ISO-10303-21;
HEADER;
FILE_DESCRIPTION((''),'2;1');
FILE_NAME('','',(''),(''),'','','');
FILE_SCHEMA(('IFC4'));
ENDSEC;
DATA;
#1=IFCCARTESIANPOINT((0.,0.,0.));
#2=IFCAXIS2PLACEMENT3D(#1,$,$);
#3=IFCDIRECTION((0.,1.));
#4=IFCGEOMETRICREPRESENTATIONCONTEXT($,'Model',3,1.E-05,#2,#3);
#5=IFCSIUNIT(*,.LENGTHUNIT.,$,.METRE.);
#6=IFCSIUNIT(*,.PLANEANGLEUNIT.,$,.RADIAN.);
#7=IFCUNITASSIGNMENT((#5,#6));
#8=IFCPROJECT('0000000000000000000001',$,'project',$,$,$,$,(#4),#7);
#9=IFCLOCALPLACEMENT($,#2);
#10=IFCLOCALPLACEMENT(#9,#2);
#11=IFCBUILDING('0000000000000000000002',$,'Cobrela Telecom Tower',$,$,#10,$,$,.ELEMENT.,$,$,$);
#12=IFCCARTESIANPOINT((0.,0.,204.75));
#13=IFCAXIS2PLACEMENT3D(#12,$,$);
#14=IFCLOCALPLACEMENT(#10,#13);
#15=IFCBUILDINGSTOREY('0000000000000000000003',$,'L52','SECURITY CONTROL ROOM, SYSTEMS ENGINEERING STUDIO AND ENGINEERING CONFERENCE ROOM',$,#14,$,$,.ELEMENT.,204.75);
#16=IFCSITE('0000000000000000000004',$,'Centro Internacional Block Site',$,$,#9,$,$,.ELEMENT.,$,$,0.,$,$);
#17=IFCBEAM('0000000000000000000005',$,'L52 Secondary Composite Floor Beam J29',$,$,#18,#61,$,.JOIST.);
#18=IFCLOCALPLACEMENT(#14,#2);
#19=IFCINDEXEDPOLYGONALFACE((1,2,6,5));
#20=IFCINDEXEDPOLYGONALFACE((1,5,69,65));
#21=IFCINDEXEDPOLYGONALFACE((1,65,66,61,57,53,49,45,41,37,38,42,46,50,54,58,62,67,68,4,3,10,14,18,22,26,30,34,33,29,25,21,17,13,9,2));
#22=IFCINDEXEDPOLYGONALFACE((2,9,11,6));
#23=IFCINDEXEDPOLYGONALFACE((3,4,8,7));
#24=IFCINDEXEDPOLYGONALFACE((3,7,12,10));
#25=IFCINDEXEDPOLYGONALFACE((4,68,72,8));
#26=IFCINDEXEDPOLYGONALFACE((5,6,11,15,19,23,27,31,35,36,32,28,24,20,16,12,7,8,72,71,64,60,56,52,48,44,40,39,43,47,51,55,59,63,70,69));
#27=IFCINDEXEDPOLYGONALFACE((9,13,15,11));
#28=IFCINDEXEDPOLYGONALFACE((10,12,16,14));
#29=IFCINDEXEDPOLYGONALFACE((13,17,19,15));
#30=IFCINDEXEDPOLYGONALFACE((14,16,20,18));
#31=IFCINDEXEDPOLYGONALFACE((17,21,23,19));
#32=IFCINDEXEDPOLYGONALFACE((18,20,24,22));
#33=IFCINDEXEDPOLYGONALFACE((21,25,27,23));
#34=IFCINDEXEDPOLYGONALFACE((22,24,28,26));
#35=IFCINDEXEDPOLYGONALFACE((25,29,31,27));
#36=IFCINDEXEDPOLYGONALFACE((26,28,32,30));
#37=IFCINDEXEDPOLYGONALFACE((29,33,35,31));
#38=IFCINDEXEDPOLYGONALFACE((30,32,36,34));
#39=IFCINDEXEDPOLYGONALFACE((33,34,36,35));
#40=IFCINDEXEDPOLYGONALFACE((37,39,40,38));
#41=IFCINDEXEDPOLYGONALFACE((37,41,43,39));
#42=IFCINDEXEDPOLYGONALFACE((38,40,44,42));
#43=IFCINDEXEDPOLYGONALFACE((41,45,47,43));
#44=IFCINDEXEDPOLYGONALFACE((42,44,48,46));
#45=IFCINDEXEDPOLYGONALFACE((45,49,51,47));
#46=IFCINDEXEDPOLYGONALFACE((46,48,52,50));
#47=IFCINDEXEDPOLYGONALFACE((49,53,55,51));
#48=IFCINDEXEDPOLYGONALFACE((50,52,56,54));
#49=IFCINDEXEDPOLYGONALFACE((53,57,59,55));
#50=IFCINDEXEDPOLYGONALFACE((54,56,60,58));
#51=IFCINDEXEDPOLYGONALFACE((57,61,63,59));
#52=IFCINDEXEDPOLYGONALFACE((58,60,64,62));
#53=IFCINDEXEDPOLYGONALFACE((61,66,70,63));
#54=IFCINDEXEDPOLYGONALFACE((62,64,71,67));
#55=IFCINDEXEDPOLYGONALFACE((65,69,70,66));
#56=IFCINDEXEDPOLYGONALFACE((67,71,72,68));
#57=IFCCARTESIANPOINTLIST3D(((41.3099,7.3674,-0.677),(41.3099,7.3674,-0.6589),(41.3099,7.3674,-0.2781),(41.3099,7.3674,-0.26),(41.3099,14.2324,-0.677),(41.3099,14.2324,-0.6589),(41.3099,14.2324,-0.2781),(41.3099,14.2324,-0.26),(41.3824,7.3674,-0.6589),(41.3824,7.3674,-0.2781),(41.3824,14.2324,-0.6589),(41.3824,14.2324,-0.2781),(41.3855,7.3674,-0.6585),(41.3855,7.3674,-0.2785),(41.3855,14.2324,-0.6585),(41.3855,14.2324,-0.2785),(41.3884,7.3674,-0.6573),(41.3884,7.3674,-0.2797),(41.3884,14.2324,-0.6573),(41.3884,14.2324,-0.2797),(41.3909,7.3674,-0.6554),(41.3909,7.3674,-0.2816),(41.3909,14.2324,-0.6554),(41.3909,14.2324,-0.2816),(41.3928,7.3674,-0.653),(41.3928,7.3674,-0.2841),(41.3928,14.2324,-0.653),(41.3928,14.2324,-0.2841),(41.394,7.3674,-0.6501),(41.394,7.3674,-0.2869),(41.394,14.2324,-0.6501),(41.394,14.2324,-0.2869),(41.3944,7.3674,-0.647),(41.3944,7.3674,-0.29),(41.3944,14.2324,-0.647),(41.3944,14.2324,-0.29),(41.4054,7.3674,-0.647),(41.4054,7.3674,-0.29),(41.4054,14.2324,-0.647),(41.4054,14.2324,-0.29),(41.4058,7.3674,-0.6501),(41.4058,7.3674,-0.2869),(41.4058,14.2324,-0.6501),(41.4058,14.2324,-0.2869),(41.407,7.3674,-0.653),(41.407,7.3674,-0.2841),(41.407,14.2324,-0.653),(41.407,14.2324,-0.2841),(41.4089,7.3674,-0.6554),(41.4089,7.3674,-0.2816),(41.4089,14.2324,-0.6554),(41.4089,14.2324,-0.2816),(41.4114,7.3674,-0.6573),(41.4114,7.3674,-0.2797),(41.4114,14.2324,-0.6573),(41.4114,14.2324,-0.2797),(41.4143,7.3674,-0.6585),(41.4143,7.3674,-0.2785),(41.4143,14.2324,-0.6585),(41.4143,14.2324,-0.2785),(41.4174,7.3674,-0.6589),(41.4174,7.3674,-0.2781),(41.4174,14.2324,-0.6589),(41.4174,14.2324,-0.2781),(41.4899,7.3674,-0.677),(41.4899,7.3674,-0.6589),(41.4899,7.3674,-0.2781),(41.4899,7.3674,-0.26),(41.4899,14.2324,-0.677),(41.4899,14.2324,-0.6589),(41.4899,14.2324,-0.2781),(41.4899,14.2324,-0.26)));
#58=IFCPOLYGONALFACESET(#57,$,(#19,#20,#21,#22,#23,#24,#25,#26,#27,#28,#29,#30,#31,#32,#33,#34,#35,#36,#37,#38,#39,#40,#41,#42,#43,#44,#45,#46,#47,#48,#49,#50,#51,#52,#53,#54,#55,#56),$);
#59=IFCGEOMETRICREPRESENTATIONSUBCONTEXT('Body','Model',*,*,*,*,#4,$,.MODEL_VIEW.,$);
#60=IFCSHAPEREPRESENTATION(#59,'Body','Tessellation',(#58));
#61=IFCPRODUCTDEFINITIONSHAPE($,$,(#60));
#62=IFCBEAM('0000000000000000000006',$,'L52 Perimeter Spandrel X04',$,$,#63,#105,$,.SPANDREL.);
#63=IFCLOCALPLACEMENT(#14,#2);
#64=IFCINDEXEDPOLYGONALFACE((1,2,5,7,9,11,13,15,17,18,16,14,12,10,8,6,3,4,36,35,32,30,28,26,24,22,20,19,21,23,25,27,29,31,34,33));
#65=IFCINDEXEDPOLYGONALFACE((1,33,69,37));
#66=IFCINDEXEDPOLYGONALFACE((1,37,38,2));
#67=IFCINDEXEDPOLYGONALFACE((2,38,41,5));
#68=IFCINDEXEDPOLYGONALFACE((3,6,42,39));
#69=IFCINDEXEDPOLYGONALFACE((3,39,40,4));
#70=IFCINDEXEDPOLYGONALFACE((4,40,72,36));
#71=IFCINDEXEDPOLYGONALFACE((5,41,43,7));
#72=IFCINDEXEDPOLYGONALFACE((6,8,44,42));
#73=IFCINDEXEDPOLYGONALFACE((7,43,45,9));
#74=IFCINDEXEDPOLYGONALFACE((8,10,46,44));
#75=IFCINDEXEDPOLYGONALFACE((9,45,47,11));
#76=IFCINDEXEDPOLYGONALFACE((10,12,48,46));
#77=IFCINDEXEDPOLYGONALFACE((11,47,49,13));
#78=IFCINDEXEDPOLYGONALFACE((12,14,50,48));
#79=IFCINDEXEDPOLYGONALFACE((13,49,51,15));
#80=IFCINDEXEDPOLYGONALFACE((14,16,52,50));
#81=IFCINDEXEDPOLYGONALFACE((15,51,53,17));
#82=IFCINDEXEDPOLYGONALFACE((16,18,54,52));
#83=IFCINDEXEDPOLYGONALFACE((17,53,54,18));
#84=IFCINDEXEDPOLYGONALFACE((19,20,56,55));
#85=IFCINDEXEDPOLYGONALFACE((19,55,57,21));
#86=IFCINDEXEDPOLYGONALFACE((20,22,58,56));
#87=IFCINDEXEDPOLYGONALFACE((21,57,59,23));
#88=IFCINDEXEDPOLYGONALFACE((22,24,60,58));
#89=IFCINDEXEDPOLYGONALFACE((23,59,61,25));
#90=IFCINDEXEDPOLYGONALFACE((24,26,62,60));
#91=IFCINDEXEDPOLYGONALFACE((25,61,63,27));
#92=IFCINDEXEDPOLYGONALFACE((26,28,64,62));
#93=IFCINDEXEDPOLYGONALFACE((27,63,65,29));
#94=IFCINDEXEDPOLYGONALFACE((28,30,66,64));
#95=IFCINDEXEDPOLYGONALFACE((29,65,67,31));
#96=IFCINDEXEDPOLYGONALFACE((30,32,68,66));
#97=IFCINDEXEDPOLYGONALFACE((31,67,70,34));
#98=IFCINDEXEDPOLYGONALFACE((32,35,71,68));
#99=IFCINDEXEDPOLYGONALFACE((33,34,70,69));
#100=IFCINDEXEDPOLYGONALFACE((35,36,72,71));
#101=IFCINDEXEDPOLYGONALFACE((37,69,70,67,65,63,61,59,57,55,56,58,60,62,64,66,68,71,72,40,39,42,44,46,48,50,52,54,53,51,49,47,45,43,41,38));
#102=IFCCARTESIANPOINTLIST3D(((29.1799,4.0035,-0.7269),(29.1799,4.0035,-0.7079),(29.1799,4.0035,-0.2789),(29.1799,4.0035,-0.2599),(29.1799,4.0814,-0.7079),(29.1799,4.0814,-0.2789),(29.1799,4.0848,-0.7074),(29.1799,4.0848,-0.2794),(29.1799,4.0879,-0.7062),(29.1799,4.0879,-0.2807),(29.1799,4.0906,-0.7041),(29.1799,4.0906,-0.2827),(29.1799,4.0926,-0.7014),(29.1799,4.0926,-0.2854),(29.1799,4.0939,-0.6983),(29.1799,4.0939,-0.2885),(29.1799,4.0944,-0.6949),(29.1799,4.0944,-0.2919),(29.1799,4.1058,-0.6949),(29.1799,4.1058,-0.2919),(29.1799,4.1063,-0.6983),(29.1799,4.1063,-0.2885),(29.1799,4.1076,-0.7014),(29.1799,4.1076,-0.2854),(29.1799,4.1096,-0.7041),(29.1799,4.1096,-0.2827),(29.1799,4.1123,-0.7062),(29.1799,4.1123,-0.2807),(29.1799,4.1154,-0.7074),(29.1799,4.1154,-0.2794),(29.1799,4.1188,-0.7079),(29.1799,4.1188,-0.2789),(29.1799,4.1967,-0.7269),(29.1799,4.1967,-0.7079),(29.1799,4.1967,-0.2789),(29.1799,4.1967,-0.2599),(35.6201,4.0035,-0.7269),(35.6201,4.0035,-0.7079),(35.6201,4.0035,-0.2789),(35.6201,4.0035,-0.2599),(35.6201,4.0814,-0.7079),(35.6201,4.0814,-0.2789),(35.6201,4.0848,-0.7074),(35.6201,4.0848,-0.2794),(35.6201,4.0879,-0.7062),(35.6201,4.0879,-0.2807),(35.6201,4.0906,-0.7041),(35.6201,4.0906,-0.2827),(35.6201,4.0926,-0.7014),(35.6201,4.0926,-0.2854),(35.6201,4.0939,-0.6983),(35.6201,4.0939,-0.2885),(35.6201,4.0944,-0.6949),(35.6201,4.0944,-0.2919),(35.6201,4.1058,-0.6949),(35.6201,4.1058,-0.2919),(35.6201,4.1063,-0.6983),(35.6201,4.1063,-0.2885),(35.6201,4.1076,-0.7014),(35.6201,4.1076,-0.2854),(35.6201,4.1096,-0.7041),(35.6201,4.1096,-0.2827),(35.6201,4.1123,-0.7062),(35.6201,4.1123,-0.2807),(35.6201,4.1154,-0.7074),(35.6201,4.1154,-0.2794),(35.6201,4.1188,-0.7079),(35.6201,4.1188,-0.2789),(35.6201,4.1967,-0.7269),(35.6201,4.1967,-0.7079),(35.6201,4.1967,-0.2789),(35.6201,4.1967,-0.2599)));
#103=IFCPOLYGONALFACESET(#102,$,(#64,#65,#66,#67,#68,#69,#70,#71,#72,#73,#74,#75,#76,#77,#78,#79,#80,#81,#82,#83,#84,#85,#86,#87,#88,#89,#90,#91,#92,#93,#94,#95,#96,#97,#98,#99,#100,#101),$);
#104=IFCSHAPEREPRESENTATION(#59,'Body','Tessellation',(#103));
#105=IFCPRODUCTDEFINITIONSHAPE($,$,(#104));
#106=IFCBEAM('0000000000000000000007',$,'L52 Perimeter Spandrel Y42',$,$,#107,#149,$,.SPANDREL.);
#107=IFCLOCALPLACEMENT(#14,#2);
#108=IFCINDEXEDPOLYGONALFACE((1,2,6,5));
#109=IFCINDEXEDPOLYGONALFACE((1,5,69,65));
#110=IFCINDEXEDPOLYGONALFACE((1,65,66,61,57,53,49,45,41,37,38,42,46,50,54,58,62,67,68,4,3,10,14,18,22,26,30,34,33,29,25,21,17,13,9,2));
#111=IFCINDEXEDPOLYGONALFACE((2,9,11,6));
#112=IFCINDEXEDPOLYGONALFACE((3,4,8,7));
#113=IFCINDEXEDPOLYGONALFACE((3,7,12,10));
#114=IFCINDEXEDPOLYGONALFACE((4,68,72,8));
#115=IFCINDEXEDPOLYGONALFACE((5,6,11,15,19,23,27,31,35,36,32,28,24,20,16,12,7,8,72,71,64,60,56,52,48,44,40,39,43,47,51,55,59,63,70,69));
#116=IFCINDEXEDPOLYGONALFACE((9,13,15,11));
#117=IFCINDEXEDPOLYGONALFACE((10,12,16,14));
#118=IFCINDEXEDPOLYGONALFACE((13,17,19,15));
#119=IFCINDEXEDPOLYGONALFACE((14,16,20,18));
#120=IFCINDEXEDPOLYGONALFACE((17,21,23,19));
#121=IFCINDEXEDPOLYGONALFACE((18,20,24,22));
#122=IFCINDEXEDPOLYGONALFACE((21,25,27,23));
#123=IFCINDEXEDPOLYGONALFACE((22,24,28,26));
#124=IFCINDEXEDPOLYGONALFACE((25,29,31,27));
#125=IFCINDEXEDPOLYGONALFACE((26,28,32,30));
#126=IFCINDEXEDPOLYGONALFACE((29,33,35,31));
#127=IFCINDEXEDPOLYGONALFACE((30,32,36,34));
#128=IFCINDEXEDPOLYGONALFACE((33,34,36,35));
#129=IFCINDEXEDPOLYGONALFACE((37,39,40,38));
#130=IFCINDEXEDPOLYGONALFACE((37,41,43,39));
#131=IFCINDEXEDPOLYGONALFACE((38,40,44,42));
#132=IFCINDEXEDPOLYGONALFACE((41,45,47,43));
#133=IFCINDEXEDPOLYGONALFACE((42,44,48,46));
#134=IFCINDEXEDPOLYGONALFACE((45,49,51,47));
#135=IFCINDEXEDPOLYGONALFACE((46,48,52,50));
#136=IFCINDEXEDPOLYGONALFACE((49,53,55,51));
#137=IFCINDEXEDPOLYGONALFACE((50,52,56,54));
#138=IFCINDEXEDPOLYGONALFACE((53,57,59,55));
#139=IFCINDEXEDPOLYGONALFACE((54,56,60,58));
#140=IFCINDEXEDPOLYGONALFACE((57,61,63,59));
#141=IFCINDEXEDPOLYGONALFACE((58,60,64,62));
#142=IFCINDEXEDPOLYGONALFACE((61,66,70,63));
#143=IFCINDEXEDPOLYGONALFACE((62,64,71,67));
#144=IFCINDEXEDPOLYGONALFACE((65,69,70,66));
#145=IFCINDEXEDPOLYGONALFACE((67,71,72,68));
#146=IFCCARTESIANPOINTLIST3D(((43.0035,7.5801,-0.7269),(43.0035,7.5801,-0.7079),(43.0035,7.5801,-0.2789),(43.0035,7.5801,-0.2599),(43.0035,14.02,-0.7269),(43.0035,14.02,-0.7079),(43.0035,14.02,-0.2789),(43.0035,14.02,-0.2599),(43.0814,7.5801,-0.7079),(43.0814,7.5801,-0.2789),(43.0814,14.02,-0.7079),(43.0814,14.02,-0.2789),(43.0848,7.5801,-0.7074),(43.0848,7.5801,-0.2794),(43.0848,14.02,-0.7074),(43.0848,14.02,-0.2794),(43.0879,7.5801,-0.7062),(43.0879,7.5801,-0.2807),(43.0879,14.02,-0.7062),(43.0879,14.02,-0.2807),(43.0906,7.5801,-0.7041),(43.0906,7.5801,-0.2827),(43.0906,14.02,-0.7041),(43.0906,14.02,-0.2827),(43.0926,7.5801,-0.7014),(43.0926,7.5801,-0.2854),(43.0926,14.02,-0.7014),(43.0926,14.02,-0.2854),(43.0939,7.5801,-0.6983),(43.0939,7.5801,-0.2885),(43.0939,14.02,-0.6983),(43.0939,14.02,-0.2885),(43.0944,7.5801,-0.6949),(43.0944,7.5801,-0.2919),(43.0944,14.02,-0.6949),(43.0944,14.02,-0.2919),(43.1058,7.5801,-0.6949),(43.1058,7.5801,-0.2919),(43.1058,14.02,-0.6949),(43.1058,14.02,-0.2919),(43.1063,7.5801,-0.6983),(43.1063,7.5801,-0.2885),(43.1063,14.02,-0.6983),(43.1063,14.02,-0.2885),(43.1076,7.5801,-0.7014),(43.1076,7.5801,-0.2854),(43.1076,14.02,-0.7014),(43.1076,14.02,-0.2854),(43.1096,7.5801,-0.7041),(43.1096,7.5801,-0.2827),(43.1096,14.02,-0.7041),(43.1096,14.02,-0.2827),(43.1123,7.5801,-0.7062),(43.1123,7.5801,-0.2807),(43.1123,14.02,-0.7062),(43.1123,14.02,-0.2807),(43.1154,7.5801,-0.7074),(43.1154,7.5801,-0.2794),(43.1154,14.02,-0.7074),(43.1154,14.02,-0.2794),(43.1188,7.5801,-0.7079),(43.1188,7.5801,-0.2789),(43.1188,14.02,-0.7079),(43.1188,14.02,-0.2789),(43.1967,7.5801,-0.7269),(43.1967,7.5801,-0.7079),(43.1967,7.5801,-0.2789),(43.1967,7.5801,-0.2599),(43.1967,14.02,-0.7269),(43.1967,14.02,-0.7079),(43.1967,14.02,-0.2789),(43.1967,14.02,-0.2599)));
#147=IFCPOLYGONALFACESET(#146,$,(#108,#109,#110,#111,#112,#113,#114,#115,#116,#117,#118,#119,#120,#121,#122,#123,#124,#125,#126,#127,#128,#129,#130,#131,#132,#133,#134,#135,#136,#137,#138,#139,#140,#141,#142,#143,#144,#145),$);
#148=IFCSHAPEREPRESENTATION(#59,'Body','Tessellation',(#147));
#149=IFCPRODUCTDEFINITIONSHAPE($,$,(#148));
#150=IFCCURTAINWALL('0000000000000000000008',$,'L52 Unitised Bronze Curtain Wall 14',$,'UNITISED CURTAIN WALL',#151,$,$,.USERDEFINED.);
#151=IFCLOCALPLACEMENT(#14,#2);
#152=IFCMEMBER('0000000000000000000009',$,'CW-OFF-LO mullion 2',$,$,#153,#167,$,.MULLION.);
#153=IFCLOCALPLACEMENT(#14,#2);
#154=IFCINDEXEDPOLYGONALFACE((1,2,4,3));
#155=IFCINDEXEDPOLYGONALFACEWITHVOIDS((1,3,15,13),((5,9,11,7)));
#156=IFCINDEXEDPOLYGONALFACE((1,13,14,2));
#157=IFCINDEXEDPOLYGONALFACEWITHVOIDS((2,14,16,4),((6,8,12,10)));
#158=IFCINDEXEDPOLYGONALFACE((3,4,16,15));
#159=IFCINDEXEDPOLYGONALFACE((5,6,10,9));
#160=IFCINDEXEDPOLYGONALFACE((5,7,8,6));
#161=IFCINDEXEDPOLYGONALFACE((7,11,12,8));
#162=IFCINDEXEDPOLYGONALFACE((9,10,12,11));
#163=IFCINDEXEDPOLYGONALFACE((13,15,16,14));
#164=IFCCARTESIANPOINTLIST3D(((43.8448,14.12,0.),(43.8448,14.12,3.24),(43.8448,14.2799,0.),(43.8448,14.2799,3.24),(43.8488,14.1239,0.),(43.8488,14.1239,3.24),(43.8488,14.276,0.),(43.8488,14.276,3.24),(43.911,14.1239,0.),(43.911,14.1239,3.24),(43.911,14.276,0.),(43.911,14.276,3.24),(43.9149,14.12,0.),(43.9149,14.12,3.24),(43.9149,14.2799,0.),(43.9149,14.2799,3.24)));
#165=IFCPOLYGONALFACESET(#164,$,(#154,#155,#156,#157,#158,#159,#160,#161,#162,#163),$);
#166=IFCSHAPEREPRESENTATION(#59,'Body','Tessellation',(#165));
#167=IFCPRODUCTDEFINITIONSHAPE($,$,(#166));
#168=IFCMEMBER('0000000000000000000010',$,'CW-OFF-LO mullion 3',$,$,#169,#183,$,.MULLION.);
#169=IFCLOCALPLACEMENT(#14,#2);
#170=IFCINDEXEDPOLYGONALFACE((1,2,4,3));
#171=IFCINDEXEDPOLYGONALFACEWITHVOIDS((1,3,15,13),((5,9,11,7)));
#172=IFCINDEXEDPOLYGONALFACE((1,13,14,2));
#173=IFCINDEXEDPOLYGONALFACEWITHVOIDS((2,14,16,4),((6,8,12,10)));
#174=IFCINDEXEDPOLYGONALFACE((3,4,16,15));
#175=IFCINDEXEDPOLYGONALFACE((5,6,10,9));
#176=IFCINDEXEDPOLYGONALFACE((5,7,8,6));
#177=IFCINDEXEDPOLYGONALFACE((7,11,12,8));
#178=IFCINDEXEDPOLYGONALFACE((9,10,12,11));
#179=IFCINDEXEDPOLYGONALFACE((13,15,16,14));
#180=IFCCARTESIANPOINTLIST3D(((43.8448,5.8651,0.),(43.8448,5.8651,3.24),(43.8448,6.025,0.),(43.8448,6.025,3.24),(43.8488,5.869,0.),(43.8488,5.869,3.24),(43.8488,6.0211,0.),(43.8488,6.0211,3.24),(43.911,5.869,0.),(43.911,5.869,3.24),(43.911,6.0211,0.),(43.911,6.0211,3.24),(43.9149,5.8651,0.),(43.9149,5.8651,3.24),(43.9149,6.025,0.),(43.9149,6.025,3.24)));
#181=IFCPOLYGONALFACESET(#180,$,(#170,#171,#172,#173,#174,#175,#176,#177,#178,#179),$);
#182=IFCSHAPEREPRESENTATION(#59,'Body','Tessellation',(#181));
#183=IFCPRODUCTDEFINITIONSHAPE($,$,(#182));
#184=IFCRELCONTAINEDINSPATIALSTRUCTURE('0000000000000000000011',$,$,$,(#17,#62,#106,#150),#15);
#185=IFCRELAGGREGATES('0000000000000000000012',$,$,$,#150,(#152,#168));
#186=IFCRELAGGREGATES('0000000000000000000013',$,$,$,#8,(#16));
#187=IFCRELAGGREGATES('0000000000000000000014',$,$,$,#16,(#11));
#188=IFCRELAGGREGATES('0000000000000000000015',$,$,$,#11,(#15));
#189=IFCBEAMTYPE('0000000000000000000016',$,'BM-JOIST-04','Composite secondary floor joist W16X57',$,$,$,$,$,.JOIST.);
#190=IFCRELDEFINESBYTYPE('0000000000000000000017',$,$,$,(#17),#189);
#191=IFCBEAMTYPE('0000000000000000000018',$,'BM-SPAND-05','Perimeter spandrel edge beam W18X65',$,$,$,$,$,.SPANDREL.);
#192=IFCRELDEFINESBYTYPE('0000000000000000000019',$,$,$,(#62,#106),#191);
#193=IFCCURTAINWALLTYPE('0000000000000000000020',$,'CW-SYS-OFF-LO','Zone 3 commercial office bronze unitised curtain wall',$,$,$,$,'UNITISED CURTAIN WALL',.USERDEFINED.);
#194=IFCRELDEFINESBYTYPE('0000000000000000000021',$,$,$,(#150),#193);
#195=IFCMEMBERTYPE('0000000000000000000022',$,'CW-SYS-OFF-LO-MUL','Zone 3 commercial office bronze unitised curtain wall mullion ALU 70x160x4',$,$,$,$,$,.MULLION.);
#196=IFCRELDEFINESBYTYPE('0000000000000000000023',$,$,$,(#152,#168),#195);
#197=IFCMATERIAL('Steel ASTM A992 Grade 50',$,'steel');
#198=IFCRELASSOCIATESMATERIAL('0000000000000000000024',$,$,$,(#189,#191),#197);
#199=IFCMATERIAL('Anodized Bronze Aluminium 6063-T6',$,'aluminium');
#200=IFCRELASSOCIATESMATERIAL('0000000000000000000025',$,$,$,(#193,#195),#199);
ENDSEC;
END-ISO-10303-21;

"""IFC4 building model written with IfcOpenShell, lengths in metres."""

from ifc_helpers import new_model, si_unit, direction, frame, origin, origin_2d, place, context, subcontext, project, spatial, hollow_rectangle, i_section, extrude, material, material_profile, profile_set, type_object, element, aggregate, save


model = new_model("IFC4")

# Units and contexts
model_context = context("Model", 3, precision=1e-05, world=origin(), true_north=direction((0.0, 1.0)))
body_context = subcontext(model_context, "Body", "Model", "MODEL_VIEW")
ifc_project = project(units=[si_unit("LENGTHUNIT", "METRE"), si_unit("PLANEANGLEUNIT", "RADIAN")], contexts=[model_context])

# Site, building, storey
site_placement = place(None, origin())
site = spatial("IfcSite", under=ifc_project, at=site_placement, Name="Centro Internacional Block Site", CompositionType="ELEMENT", RefElevation=0.0)
building_placement = place(site_placement, origin())
building = spatial("IfcBuilding", under=site, at=building_placement, Name="Cobrela Telecom Tower", CompositionType="ELEMENT")
storey_placement = place(building_placement, frame((0.0, 0.0, 204.75)))
storey = spatial("IfcBuildingStorey", under=building, at=storey_placement, Name="L52", Description="SECURITY CONTROL ROOM, SYSTEMS ENGINEERING STUDIO AND ENGINEERING CONFERENCE ROOM", CompositionType="ELEMENT", Elevation=204.75)

# Shared definitions
ifc_material_1 = material(Name="Steel ASTM A992 Grade 50", Category="steel")

# Beams
ifc_material_profile_1 = material_profile(ifc_material_1, i_section(OverallWidth=0.1799, OverallDepth=0.417, WebThickness=0.011, FlangeThickness=0.0181, FilletRadius=0.012, at=origin_2d()), Name="W16X57")
ifc_profile_set_1 = profile_set([ifc_material_profile_1], Name="Steel ASTM A992 Grade 50")
beam_type_1 = type_object("IfcBeamType", Name="BM-JOIST-04", Description="Composite secondary floor joist W16X57", PredefinedType="JOIST", material=ifc_profile_set_1)
for number, where, z_axis, x_axis, name in (
    (1, (41.3999, 7.3674, -0.4685), (0.0, 1.0, 0.0), (-1.0, 0.0, 0.0), "L52 Secondary Composite Floor Beam J29"),
):
    element("IfcBeam", number, at=place(storey_placement, frame(where, z_axis=z_axis, x_axis=x_axis)), inside=storey, type_object=beam_type_1, Name=name, PredefinedType="JOIST", context=body_context, shape_type="SweptSolid", body=[
        extrude(i_section(OverallWidth=0.1799, OverallDepth=0.417, WebThickness=0.011, FlangeThickness=0.0181, FilletRadius=0.012, at=origin_2d()), origin(), (0.0, 0.0, 1.0), 6.865),
    ])
ifc_material_profile_2 = material_profile(ifc_material_1, i_section(OverallWidth=0.1931, OverallDepth=0.467, WebThickness=0.0115, FlangeThickness=0.019, FilletRadius=0.0129, at=origin_2d()), Name="W18X65")
ifc_profile_set_2 = profile_set([ifc_material_profile_2], Name="Steel ASTM A992 Grade 50")
beam_type_2 = type_object("IfcBeamType", Name="BM-SPAND-05", Description="Perimeter spandrel edge beam W18X65", PredefinedType="SPANDREL", material=ifc_profile_set_2)
beam_1_placement = place(storey_placement, frame((29.1799, 4.1001, -0.4934), z_axis=(1.0, 0.0, 0.0), x_axis=(0.0, 1.0, 0.0)))
element("IfcBeam", 2, at=beam_1_placement, inside=storey, type_object=beam_type_2, Name="L52 Perimeter Spandrel X04", PredefinedType="SPANDREL", context=body_context, shape_type="SweptSolid", body=[
    extrude(i_section(OverallWidth=0.1931, OverallDepth=0.467, WebThickness=0.0115, FlangeThickness=0.019, FilletRadius=0.0129, at=origin_2d()), origin(), (0.0, 0.0, 1.0), 6.4402),
])
beam_2_placement = place(storey_placement, frame((43.1001, 7.5801, -0.4934), z_axis=(0.0, 1.0, 0.0), x_axis=(-1.0, 0.0, 0.0)))
element("IfcBeam", 3, at=beam_2_placement, inside=storey, type_object=beam_type_2, Name="L52 Perimeter Spandrel Y42", PredefinedType="SPANDREL", context=body_context, shape_type="SweptSolid", body=[
    extrude(i_section(OverallWidth=0.1931, OverallDepth=0.467, WebThickness=0.0115, FlangeThickness=0.019, FilletRadius=0.0129, at=origin_2d()), origin(), (0.0, 0.0, 1.0), 6.4399),
])

# Curtain wall, members
ifc_material_2 = material(Name="Anodized Bronze Aluminium 6063-T6", Category="aluminium")
curtain_wall_type = type_object("IfcCurtainWallType", Name="CW-SYS-OFF-LO", Description="Zone 3 commercial office bronze unitised curtain wall", ElementType="UNITISED CURTAIN WALL", PredefinedType="USERDEFINED", material=ifc_material_2)
curtain_wall_1_placement = place(storey_placement, origin())
curtain_wall_1 = element("IfcCurtainWall", 4, at=curtain_wall_1_placement, inside=storey, type_object=curtain_wall_type, Name="L52 Unitised Bronze Curtain Wall 14", ObjectType="UNITISED CURTAIN WALL", PredefinedType="USERDEFINED")
ifc_material_profile_3 = material_profile(ifc_material_2, hollow_rectangle(XDim=0.0701, YDim=0.1599, WallThickness=0.0039, at=origin_2d()), Name="ALU 70x160x4")
ifc_profile_set_3 = profile_set([ifc_material_profile_3], Name="Anodized Bronze Aluminium 6063-T6")
member_type_1 = type_object("IfcMemberType", Name="CW-SYS-OFF-LO-MUL", Description="Zone 3 commercial office bronze unitised curtain wall mullion ALU 70x160x4", PredefinedType="MULLION", material=ifc_profile_set_3)
member_1_placement = place(storey_placement, frame((43.8799, 14.2, 0.0), z_axis=(0.0, 0.0, 1.0), x_axis=(1.0, 0.0, 0.0)))
member_1 = element("IfcMember", 5, at=member_1_placement, type_object=member_type_1, Name="CW-OFF-LO mullion 2", PredefinedType="MULLION", context=body_context, shape_type="SweptSolid", body=[
    extrude(hollow_rectangle(XDim=0.0701, YDim=0.1599, WallThickness=0.0039, at=origin_2d()), origin(), (0.0, 0.0, 1.0), 3.24),
])
member_2_placement = place(storey_placement, frame((43.8799, 5.9451, 0.0), z_axis=(0.0, 0.0, 1.0), x_axis=(1.0, 0.0, 0.0)))
member_2 = element("IfcMember", 6, at=member_2_placement, type_object=member_type_1, Name="CW-OFF-LO mullion 3", PredefinedType="MULLION", context=body_context, shape_type="SweptSolid", body=[
    extrude(hollow_rectangle(XDim=0.0701, YDim=0.1599, WallThickness=0.0039, at=origin_2d()), origin(), (0.0, 0.0, 1.0), 3.24),
])

aggregate(curtain_wall_1, [member_1, member_2])

save(model, "model.ifc")
